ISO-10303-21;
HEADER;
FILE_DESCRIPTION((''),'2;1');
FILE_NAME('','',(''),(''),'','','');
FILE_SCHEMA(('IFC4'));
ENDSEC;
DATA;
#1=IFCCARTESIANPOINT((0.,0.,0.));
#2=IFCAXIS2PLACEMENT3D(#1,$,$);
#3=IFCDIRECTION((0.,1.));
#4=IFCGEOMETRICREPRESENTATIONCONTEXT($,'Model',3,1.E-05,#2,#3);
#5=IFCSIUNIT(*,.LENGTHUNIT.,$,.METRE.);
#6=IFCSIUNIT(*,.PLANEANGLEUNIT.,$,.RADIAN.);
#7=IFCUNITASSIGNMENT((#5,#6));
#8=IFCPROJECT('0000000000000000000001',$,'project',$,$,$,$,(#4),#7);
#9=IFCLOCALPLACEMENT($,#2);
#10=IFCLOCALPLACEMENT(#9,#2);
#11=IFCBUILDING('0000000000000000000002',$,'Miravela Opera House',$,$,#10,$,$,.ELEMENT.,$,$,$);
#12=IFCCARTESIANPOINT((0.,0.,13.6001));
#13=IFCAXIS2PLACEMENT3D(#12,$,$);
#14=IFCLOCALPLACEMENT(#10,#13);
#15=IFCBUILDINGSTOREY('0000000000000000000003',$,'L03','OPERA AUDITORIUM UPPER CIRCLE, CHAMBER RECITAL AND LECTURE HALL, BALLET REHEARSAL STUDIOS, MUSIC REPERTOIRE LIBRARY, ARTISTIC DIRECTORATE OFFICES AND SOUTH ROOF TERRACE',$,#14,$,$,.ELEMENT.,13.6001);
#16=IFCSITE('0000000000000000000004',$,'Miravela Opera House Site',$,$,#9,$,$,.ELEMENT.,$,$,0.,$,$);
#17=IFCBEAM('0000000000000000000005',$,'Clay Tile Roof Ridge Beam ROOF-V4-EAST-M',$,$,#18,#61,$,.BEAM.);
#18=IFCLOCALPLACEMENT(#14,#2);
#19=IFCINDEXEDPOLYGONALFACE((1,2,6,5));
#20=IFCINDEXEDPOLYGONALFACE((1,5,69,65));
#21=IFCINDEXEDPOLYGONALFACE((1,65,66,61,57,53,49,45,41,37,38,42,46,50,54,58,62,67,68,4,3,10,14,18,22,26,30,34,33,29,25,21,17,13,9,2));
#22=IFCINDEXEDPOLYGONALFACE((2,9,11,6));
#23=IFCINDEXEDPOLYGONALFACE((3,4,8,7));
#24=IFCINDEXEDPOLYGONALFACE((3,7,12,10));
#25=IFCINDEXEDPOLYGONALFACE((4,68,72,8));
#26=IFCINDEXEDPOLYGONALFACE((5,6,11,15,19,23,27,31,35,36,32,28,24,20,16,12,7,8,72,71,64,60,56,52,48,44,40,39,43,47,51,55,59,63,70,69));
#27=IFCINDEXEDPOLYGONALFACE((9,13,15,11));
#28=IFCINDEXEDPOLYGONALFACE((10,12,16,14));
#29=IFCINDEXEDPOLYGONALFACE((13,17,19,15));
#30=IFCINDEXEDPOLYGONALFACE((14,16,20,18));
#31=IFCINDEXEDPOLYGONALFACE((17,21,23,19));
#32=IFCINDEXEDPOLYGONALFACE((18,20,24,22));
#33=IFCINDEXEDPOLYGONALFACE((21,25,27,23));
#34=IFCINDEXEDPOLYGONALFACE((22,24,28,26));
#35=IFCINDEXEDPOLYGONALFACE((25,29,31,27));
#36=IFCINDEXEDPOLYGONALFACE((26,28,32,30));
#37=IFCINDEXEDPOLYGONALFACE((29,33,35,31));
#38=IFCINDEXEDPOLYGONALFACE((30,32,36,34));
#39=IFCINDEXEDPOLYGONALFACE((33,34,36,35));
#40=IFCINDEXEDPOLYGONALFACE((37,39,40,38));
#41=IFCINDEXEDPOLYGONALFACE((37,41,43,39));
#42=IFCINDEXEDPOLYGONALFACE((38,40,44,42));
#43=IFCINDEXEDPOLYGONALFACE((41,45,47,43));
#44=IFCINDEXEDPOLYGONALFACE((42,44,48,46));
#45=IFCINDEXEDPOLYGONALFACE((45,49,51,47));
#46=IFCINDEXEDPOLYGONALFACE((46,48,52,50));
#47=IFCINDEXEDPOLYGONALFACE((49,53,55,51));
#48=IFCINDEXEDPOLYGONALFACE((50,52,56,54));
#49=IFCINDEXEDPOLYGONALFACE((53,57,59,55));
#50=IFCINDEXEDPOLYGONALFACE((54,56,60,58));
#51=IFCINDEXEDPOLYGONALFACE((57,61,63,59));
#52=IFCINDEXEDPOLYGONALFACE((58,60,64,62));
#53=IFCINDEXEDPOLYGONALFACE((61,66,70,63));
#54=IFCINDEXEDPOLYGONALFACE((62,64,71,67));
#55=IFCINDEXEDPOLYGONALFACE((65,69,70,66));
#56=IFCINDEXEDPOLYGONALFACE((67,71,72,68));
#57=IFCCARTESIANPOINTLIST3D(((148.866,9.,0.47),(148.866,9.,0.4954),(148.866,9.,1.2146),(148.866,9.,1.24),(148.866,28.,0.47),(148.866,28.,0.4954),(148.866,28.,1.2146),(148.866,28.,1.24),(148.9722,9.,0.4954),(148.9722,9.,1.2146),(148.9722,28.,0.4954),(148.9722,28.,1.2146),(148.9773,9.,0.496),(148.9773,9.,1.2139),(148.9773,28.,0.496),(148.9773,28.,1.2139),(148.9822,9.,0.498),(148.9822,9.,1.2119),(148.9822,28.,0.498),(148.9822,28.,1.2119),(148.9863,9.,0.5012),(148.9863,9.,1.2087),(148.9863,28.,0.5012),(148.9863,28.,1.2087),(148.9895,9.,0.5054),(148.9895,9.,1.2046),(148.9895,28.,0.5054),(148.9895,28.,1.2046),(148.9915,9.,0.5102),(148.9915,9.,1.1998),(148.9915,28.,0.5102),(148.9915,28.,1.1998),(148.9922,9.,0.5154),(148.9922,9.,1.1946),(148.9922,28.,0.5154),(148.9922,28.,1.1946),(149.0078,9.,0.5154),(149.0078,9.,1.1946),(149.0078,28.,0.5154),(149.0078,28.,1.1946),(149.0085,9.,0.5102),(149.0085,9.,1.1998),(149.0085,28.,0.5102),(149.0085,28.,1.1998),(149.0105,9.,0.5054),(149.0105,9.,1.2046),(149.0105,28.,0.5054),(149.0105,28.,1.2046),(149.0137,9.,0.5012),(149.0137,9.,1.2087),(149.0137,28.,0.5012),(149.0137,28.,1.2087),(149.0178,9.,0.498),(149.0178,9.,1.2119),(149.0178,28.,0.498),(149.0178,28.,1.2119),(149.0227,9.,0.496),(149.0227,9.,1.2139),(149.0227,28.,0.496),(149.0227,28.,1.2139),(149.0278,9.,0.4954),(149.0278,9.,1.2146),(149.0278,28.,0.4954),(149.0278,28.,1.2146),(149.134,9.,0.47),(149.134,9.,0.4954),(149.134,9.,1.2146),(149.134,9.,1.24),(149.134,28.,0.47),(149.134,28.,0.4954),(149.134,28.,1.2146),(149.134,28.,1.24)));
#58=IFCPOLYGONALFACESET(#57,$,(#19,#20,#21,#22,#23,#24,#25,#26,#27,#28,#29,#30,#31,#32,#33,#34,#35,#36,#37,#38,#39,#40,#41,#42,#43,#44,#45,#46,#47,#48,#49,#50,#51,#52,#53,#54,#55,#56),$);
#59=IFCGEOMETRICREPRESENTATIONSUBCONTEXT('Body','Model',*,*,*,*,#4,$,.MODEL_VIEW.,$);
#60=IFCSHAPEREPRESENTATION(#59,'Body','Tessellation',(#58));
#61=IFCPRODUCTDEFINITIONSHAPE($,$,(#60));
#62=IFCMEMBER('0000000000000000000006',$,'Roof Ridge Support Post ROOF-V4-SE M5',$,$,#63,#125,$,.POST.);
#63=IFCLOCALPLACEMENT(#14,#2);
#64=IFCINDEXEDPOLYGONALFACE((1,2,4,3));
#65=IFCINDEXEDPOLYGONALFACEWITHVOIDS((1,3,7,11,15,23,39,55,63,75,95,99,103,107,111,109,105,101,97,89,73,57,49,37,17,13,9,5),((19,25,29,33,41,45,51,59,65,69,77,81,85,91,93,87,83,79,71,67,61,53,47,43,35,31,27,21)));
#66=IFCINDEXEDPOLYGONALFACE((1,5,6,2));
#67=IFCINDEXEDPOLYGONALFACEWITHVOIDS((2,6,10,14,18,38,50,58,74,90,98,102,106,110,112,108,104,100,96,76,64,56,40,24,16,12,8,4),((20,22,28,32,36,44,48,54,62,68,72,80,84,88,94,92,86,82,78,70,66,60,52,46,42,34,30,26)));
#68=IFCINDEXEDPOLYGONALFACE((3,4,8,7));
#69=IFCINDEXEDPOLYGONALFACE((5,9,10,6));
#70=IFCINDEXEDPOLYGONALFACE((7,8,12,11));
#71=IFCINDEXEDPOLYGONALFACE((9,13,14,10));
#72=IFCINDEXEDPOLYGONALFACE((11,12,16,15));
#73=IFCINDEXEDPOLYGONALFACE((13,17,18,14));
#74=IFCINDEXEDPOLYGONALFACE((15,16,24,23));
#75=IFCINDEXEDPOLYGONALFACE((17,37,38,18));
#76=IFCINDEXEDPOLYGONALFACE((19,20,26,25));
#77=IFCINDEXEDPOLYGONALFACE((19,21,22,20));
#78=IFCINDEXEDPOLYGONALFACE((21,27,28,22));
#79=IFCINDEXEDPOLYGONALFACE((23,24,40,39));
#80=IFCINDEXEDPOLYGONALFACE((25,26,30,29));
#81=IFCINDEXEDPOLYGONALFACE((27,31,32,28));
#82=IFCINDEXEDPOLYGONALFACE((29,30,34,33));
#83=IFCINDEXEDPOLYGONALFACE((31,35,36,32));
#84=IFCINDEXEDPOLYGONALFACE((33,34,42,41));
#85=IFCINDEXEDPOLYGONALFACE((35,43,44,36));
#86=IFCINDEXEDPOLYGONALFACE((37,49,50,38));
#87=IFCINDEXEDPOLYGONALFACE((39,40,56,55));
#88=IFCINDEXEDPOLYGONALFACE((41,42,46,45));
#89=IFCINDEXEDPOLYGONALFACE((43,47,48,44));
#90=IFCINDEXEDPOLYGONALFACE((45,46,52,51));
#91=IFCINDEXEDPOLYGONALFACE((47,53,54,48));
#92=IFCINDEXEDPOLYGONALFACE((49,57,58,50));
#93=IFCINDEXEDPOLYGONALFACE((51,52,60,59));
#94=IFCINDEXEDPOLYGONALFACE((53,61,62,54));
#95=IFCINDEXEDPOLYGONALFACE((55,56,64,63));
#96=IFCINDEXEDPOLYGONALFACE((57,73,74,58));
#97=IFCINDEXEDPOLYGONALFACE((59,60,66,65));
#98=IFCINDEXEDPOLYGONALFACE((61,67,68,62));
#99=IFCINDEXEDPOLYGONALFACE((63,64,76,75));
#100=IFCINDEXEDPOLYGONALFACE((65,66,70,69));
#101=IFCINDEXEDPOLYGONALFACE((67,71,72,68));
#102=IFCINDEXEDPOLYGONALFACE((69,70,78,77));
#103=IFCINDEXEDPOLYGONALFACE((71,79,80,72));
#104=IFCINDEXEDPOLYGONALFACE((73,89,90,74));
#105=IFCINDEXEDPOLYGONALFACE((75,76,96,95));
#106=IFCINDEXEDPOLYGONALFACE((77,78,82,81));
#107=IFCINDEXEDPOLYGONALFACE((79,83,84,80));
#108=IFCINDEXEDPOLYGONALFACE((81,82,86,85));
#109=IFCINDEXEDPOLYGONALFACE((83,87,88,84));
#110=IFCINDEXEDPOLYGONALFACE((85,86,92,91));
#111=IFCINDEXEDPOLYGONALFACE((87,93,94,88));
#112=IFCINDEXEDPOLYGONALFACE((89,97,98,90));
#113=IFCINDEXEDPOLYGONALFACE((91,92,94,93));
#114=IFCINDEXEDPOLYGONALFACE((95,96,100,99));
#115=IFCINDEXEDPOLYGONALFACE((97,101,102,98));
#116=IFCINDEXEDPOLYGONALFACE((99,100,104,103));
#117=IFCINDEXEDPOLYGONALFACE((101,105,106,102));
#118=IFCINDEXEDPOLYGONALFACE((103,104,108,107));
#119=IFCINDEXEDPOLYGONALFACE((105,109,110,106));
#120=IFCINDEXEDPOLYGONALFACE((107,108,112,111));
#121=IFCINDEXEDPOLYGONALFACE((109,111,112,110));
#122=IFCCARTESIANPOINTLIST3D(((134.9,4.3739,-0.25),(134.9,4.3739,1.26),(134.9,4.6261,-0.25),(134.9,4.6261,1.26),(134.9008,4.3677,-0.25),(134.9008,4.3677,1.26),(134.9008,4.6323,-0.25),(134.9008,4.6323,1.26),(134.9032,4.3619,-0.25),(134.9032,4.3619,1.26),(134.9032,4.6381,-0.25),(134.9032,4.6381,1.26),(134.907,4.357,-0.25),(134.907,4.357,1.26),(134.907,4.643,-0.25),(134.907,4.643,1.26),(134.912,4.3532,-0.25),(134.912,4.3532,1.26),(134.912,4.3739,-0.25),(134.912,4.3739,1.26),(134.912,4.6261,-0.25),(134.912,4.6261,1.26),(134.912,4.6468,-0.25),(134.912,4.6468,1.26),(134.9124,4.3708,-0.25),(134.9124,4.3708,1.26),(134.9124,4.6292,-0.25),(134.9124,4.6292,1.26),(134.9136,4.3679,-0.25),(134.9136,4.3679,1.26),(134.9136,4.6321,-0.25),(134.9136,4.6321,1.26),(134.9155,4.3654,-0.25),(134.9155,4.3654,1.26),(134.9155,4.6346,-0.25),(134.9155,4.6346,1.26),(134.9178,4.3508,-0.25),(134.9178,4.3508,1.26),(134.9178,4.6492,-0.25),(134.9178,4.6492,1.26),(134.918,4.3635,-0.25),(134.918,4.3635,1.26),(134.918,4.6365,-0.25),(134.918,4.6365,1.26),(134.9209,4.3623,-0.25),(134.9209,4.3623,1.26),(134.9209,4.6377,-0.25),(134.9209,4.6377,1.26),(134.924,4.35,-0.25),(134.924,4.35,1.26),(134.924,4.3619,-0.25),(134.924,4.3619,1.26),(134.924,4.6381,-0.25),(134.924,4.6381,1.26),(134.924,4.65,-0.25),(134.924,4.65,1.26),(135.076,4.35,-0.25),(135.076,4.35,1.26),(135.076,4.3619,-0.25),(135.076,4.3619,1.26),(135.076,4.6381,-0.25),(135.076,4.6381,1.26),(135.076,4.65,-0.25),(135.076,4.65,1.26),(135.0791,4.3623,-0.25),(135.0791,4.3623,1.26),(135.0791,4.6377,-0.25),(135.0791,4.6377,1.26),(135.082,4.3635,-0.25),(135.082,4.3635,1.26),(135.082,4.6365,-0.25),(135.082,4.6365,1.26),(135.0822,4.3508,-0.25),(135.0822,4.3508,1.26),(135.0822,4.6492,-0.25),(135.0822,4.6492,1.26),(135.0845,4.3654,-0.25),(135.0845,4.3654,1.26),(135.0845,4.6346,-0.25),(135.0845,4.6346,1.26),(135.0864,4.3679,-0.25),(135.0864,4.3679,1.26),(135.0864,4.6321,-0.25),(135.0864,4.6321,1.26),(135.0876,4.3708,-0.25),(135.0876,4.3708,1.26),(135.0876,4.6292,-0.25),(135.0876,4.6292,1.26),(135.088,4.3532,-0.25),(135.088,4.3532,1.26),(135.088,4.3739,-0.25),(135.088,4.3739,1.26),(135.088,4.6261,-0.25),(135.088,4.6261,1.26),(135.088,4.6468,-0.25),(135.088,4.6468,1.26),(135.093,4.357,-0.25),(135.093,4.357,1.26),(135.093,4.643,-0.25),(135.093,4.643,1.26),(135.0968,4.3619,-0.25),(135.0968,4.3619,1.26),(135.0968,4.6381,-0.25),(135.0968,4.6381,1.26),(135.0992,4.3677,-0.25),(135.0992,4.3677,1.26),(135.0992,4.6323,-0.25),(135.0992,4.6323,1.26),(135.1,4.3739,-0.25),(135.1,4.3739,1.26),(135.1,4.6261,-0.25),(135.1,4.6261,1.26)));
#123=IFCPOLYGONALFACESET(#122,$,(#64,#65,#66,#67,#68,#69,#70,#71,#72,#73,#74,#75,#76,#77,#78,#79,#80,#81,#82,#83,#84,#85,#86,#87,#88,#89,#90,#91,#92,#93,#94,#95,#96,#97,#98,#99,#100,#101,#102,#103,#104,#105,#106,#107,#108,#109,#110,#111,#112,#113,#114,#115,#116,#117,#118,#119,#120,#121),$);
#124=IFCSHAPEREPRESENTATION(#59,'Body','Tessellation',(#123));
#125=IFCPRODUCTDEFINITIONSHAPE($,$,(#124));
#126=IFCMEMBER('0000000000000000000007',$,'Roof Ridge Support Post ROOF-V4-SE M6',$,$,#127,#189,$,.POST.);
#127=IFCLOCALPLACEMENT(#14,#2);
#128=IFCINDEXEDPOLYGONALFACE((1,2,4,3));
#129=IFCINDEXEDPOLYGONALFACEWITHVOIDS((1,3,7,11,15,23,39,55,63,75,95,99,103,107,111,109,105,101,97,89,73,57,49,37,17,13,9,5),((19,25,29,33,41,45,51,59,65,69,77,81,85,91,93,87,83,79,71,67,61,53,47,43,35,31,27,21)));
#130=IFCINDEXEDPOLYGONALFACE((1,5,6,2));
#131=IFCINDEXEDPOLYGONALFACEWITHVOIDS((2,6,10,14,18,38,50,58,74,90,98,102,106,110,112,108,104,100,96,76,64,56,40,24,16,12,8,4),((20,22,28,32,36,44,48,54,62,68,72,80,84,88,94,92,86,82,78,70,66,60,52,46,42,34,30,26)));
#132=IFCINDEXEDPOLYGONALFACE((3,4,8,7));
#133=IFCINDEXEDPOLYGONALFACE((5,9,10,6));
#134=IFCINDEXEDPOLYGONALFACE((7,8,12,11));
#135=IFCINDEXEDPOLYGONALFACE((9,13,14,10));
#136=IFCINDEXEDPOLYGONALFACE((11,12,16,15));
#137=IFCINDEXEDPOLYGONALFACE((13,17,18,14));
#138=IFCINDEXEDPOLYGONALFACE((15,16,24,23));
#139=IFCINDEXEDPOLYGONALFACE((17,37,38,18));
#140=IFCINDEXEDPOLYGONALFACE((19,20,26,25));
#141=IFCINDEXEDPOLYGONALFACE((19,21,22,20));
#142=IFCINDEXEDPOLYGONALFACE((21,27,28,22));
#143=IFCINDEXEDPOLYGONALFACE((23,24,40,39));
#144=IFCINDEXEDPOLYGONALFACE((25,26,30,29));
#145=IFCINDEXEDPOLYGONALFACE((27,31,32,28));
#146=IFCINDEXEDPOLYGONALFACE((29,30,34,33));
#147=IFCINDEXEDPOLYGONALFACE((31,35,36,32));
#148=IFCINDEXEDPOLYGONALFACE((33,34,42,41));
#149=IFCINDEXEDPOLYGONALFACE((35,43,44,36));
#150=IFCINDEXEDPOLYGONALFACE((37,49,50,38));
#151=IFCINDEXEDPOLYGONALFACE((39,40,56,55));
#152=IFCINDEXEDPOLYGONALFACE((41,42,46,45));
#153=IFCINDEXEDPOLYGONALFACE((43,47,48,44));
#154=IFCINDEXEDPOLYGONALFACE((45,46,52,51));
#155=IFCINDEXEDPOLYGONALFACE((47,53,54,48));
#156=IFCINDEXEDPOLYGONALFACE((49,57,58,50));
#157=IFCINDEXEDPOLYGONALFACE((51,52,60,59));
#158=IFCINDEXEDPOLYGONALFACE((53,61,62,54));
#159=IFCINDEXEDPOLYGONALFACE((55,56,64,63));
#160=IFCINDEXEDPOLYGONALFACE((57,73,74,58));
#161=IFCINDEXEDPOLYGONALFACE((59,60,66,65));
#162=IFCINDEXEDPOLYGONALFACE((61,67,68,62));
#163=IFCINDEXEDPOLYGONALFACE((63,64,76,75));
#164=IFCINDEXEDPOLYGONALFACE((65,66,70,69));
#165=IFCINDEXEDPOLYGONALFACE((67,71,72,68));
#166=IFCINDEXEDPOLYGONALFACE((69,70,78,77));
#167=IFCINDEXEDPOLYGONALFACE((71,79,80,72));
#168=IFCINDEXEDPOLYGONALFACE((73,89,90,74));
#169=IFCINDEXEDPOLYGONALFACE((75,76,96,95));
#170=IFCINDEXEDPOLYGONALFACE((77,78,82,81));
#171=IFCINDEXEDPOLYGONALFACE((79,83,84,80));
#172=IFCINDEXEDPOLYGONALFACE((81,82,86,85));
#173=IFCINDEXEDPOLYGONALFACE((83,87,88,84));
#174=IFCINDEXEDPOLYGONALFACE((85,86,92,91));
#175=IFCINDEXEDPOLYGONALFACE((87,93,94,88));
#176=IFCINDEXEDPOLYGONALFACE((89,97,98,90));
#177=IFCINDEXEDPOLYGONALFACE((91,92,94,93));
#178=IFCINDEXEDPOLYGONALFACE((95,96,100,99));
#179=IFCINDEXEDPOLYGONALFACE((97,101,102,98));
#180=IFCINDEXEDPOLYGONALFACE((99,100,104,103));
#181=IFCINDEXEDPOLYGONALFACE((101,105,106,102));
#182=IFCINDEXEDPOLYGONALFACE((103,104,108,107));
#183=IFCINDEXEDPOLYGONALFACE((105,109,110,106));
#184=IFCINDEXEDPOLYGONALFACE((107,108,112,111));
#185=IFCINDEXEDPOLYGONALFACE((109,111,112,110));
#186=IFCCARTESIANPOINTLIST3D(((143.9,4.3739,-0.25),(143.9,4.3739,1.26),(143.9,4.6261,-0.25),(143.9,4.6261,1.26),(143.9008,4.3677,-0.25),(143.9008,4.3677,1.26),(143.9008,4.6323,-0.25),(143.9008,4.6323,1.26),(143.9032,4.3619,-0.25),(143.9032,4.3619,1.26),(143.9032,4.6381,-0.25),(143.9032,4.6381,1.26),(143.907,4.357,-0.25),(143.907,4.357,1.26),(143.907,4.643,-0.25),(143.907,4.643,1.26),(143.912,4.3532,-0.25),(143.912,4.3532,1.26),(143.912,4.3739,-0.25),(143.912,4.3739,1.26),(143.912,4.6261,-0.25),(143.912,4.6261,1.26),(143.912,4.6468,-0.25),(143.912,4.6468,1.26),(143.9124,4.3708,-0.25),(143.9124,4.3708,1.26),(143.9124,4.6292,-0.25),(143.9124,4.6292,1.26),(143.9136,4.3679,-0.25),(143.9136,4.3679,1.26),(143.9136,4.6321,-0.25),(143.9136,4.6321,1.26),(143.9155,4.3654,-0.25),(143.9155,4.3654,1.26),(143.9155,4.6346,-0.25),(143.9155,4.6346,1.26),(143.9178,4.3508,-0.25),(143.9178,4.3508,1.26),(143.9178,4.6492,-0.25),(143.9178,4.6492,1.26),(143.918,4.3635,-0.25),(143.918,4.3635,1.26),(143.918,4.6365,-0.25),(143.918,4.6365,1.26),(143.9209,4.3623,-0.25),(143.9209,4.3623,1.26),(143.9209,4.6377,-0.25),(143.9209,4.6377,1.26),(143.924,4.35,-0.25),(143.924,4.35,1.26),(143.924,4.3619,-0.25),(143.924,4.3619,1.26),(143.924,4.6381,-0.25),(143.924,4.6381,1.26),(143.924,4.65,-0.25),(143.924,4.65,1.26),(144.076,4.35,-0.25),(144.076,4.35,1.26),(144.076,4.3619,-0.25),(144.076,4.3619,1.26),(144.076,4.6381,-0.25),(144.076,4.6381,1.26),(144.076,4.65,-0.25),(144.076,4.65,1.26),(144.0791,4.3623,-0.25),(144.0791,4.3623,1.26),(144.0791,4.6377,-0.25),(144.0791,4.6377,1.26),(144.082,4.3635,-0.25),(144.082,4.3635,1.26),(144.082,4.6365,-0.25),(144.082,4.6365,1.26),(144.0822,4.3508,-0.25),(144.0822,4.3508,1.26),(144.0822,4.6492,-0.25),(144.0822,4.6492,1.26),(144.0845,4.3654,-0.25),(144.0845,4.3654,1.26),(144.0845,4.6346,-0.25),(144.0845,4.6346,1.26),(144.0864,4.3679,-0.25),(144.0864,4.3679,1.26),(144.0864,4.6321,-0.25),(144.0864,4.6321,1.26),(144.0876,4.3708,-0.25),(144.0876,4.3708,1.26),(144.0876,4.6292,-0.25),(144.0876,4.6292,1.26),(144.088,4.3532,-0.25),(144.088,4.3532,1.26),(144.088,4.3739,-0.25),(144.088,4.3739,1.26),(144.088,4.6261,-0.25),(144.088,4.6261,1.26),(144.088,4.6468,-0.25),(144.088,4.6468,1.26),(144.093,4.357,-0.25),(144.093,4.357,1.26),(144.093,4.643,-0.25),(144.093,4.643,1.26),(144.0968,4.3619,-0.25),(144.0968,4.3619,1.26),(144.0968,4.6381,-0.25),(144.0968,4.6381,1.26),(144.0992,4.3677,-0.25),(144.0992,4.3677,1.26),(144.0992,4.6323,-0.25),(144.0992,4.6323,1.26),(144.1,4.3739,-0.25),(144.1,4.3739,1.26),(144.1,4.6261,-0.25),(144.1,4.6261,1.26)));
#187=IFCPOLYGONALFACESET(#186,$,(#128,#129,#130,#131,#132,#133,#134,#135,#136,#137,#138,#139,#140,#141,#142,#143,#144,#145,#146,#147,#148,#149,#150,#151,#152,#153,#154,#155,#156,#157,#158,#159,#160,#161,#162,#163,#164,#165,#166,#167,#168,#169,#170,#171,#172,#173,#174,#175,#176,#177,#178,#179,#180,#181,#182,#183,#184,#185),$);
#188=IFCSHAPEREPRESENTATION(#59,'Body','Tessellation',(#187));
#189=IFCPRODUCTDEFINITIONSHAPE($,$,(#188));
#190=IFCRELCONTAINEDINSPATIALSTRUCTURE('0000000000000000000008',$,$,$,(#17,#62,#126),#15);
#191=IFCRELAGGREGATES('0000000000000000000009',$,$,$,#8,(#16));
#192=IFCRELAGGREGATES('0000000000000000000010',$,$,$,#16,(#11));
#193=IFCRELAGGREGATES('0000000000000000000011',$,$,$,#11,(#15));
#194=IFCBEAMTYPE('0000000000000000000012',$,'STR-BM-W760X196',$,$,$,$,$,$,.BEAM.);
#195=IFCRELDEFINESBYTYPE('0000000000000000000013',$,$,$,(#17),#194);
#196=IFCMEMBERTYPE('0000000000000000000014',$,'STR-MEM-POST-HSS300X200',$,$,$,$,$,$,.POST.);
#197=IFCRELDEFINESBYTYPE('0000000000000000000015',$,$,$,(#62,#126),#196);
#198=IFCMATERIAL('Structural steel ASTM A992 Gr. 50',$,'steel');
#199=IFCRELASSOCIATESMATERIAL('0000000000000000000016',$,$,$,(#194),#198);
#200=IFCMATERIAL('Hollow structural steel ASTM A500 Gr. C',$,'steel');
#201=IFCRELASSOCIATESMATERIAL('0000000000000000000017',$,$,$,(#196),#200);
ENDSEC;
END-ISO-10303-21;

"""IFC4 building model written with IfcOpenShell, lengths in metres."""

from ifc_helpers import new_model, si_unit, direction, frame, origin, origin_2d, place, context, subcontext, project, spatial, hollow_rectangle, i_section, extrude, material, material_profile, profile_set, type_object, element, save


model = new_model("IFC4")

# Units and contexts
model_context = context("Model", 3, precision=1e-05, world=origin(), true_north=direction((0.0, 1.0)))
body_context = subcontext(model_context, "Body", "Model", "MODEL_VIEW")
ifc_project = project(units=[si_unit("LENGTHUNIT", "METRE"), si_unit("PLANEANGLEUNIT", "RADIAN")], contexts=[model_context])

# Site, building, storey
site_placement = place(None, origin())
site = spatial("IfcSite", under=ifc_project, at=site_placement, Name="Miravela Opera House Site", CompositionType="ELEMENT", RefElevation=0.0)
building_placement = place(site_placement, origin())
building = spatial("IfcBuilding", under=site, at=building_placement, Name="Miravela Opera House", CompositionType="ELEMENT")
storey_placement = place(building_placement, frame((0.0, 0.0, 13.6001)))
storey = spatial("IfcBuildingStorey", under=building, at=storey_placement, Name="L03", Description="OPERA AUDITORIUM UPPER CIRCLE, CHAMBER RECITAL AND LECTURE HALL, BALLET REHEARSAL STUDIOS, MUSIC REPERTOIRE LIBRARY, ARTISTIC DIRECTORATE OFFICES AND SOUTH ROOF TERRACE", CompositionType="ELEMENT", Elevation=13.6001)

# Beam
ifc_material_1 = material(Name="Structural steel ASTM A992 Gr. 50", Category="steel")
ifc_material_profile_1 = material_profile(ifc_material_1, i_section(OverallWidth=0.2681, OverallDepth=0.77, WebThickness=0.0156, FlangeThickness=0.0254, FilletRadius=0.02, at=origin_2d()), Name="W760X196")
ifc_profile_set_1 = profile_set([ifc_material_profile_1])
beam_type = type_object("IfcBeamType", Name="STR-BM-W760X196", PredefinedType="BEAM", material=ifc_profile_set_1)
beam_placement = place(storey_placement, frame((149.0, 9.0, 0.855), z_axis=(0.0, 1.0, 0.0), x_axis=(-1.0, 0.0, 0.0)))
element("IfcBeam", 1, at=beam_placement, inside=storey, type_object=beam_type, Name="Clay Tile Roof Ridge Beam ROOF-V4-EAST-M", PredefinedType="BEAM", context=body_context, shape_type="SweptSolid", body=[
    extrude(i_section(OverallWidth=0.2681, OverallDepth=0.77, WebThickness=0.0156, FlangeThickness=0.0254, FilletRadius=0.02, at=origin_2d()), origin(), (0.0, 0.0, 1.0), 19.0),
])

# Members
ifc_material_2 = material(Name="Hollow structural steel ASTM A500 Gr. C", Category="steel")
ifc_material_profile_2 = material_profile(ifc_material_2, hollow_rectangle(XDim=0.2, YDim=0.3, WallThickness=0.012, InnerFilletRadius=0.012, OuterFilletRadius=0.0239, at=origin_2d()), Name="HSS300X200X12")
ifc_profile_set_2 = profile_set([ifc_material_profile_2])
member_type_1 = type_object("IfcMemberType", Name="STR-MEM-POST-HSS300X200", PredefinedType="POST", material=ifc_profile_set_2)
for number, where, z_axis, x_axis, name in (
    (2, (135.0, 4.5, -0.25), (0.0, 0.0, 1.0), (1.0, 0.0, 0.0), "Roof Ridge Support Post ROOF-V4-SE M5"),
    (3, (144.0, 4.5, -0.25), (0.0, 0.0, 1.0), (1.0, 0.0, 0.0), "Roof Ridge Support Post ROOF-V4-SE M6"),
):
    element("IfcMember", number, at=place(storey_placement, frame(where, z_axis=z_axis, x_axis=x_axis)), inside=storey, type_object=member_type_1, Name=name, PredefinedType="POST", context=body_context, shape_type="SweptSolid", body=[
        extrude(hollow_rectangle(XDim=0.2, YDim=0.3, WallThickness=0.012, InnerFilletRadius=0.012, OuterFilletRadius=0.0239, at=origin_2d()), origin(), (0.0, 0.0, 1.0), 1.51),
    ])

save(model, "model.ifc")
